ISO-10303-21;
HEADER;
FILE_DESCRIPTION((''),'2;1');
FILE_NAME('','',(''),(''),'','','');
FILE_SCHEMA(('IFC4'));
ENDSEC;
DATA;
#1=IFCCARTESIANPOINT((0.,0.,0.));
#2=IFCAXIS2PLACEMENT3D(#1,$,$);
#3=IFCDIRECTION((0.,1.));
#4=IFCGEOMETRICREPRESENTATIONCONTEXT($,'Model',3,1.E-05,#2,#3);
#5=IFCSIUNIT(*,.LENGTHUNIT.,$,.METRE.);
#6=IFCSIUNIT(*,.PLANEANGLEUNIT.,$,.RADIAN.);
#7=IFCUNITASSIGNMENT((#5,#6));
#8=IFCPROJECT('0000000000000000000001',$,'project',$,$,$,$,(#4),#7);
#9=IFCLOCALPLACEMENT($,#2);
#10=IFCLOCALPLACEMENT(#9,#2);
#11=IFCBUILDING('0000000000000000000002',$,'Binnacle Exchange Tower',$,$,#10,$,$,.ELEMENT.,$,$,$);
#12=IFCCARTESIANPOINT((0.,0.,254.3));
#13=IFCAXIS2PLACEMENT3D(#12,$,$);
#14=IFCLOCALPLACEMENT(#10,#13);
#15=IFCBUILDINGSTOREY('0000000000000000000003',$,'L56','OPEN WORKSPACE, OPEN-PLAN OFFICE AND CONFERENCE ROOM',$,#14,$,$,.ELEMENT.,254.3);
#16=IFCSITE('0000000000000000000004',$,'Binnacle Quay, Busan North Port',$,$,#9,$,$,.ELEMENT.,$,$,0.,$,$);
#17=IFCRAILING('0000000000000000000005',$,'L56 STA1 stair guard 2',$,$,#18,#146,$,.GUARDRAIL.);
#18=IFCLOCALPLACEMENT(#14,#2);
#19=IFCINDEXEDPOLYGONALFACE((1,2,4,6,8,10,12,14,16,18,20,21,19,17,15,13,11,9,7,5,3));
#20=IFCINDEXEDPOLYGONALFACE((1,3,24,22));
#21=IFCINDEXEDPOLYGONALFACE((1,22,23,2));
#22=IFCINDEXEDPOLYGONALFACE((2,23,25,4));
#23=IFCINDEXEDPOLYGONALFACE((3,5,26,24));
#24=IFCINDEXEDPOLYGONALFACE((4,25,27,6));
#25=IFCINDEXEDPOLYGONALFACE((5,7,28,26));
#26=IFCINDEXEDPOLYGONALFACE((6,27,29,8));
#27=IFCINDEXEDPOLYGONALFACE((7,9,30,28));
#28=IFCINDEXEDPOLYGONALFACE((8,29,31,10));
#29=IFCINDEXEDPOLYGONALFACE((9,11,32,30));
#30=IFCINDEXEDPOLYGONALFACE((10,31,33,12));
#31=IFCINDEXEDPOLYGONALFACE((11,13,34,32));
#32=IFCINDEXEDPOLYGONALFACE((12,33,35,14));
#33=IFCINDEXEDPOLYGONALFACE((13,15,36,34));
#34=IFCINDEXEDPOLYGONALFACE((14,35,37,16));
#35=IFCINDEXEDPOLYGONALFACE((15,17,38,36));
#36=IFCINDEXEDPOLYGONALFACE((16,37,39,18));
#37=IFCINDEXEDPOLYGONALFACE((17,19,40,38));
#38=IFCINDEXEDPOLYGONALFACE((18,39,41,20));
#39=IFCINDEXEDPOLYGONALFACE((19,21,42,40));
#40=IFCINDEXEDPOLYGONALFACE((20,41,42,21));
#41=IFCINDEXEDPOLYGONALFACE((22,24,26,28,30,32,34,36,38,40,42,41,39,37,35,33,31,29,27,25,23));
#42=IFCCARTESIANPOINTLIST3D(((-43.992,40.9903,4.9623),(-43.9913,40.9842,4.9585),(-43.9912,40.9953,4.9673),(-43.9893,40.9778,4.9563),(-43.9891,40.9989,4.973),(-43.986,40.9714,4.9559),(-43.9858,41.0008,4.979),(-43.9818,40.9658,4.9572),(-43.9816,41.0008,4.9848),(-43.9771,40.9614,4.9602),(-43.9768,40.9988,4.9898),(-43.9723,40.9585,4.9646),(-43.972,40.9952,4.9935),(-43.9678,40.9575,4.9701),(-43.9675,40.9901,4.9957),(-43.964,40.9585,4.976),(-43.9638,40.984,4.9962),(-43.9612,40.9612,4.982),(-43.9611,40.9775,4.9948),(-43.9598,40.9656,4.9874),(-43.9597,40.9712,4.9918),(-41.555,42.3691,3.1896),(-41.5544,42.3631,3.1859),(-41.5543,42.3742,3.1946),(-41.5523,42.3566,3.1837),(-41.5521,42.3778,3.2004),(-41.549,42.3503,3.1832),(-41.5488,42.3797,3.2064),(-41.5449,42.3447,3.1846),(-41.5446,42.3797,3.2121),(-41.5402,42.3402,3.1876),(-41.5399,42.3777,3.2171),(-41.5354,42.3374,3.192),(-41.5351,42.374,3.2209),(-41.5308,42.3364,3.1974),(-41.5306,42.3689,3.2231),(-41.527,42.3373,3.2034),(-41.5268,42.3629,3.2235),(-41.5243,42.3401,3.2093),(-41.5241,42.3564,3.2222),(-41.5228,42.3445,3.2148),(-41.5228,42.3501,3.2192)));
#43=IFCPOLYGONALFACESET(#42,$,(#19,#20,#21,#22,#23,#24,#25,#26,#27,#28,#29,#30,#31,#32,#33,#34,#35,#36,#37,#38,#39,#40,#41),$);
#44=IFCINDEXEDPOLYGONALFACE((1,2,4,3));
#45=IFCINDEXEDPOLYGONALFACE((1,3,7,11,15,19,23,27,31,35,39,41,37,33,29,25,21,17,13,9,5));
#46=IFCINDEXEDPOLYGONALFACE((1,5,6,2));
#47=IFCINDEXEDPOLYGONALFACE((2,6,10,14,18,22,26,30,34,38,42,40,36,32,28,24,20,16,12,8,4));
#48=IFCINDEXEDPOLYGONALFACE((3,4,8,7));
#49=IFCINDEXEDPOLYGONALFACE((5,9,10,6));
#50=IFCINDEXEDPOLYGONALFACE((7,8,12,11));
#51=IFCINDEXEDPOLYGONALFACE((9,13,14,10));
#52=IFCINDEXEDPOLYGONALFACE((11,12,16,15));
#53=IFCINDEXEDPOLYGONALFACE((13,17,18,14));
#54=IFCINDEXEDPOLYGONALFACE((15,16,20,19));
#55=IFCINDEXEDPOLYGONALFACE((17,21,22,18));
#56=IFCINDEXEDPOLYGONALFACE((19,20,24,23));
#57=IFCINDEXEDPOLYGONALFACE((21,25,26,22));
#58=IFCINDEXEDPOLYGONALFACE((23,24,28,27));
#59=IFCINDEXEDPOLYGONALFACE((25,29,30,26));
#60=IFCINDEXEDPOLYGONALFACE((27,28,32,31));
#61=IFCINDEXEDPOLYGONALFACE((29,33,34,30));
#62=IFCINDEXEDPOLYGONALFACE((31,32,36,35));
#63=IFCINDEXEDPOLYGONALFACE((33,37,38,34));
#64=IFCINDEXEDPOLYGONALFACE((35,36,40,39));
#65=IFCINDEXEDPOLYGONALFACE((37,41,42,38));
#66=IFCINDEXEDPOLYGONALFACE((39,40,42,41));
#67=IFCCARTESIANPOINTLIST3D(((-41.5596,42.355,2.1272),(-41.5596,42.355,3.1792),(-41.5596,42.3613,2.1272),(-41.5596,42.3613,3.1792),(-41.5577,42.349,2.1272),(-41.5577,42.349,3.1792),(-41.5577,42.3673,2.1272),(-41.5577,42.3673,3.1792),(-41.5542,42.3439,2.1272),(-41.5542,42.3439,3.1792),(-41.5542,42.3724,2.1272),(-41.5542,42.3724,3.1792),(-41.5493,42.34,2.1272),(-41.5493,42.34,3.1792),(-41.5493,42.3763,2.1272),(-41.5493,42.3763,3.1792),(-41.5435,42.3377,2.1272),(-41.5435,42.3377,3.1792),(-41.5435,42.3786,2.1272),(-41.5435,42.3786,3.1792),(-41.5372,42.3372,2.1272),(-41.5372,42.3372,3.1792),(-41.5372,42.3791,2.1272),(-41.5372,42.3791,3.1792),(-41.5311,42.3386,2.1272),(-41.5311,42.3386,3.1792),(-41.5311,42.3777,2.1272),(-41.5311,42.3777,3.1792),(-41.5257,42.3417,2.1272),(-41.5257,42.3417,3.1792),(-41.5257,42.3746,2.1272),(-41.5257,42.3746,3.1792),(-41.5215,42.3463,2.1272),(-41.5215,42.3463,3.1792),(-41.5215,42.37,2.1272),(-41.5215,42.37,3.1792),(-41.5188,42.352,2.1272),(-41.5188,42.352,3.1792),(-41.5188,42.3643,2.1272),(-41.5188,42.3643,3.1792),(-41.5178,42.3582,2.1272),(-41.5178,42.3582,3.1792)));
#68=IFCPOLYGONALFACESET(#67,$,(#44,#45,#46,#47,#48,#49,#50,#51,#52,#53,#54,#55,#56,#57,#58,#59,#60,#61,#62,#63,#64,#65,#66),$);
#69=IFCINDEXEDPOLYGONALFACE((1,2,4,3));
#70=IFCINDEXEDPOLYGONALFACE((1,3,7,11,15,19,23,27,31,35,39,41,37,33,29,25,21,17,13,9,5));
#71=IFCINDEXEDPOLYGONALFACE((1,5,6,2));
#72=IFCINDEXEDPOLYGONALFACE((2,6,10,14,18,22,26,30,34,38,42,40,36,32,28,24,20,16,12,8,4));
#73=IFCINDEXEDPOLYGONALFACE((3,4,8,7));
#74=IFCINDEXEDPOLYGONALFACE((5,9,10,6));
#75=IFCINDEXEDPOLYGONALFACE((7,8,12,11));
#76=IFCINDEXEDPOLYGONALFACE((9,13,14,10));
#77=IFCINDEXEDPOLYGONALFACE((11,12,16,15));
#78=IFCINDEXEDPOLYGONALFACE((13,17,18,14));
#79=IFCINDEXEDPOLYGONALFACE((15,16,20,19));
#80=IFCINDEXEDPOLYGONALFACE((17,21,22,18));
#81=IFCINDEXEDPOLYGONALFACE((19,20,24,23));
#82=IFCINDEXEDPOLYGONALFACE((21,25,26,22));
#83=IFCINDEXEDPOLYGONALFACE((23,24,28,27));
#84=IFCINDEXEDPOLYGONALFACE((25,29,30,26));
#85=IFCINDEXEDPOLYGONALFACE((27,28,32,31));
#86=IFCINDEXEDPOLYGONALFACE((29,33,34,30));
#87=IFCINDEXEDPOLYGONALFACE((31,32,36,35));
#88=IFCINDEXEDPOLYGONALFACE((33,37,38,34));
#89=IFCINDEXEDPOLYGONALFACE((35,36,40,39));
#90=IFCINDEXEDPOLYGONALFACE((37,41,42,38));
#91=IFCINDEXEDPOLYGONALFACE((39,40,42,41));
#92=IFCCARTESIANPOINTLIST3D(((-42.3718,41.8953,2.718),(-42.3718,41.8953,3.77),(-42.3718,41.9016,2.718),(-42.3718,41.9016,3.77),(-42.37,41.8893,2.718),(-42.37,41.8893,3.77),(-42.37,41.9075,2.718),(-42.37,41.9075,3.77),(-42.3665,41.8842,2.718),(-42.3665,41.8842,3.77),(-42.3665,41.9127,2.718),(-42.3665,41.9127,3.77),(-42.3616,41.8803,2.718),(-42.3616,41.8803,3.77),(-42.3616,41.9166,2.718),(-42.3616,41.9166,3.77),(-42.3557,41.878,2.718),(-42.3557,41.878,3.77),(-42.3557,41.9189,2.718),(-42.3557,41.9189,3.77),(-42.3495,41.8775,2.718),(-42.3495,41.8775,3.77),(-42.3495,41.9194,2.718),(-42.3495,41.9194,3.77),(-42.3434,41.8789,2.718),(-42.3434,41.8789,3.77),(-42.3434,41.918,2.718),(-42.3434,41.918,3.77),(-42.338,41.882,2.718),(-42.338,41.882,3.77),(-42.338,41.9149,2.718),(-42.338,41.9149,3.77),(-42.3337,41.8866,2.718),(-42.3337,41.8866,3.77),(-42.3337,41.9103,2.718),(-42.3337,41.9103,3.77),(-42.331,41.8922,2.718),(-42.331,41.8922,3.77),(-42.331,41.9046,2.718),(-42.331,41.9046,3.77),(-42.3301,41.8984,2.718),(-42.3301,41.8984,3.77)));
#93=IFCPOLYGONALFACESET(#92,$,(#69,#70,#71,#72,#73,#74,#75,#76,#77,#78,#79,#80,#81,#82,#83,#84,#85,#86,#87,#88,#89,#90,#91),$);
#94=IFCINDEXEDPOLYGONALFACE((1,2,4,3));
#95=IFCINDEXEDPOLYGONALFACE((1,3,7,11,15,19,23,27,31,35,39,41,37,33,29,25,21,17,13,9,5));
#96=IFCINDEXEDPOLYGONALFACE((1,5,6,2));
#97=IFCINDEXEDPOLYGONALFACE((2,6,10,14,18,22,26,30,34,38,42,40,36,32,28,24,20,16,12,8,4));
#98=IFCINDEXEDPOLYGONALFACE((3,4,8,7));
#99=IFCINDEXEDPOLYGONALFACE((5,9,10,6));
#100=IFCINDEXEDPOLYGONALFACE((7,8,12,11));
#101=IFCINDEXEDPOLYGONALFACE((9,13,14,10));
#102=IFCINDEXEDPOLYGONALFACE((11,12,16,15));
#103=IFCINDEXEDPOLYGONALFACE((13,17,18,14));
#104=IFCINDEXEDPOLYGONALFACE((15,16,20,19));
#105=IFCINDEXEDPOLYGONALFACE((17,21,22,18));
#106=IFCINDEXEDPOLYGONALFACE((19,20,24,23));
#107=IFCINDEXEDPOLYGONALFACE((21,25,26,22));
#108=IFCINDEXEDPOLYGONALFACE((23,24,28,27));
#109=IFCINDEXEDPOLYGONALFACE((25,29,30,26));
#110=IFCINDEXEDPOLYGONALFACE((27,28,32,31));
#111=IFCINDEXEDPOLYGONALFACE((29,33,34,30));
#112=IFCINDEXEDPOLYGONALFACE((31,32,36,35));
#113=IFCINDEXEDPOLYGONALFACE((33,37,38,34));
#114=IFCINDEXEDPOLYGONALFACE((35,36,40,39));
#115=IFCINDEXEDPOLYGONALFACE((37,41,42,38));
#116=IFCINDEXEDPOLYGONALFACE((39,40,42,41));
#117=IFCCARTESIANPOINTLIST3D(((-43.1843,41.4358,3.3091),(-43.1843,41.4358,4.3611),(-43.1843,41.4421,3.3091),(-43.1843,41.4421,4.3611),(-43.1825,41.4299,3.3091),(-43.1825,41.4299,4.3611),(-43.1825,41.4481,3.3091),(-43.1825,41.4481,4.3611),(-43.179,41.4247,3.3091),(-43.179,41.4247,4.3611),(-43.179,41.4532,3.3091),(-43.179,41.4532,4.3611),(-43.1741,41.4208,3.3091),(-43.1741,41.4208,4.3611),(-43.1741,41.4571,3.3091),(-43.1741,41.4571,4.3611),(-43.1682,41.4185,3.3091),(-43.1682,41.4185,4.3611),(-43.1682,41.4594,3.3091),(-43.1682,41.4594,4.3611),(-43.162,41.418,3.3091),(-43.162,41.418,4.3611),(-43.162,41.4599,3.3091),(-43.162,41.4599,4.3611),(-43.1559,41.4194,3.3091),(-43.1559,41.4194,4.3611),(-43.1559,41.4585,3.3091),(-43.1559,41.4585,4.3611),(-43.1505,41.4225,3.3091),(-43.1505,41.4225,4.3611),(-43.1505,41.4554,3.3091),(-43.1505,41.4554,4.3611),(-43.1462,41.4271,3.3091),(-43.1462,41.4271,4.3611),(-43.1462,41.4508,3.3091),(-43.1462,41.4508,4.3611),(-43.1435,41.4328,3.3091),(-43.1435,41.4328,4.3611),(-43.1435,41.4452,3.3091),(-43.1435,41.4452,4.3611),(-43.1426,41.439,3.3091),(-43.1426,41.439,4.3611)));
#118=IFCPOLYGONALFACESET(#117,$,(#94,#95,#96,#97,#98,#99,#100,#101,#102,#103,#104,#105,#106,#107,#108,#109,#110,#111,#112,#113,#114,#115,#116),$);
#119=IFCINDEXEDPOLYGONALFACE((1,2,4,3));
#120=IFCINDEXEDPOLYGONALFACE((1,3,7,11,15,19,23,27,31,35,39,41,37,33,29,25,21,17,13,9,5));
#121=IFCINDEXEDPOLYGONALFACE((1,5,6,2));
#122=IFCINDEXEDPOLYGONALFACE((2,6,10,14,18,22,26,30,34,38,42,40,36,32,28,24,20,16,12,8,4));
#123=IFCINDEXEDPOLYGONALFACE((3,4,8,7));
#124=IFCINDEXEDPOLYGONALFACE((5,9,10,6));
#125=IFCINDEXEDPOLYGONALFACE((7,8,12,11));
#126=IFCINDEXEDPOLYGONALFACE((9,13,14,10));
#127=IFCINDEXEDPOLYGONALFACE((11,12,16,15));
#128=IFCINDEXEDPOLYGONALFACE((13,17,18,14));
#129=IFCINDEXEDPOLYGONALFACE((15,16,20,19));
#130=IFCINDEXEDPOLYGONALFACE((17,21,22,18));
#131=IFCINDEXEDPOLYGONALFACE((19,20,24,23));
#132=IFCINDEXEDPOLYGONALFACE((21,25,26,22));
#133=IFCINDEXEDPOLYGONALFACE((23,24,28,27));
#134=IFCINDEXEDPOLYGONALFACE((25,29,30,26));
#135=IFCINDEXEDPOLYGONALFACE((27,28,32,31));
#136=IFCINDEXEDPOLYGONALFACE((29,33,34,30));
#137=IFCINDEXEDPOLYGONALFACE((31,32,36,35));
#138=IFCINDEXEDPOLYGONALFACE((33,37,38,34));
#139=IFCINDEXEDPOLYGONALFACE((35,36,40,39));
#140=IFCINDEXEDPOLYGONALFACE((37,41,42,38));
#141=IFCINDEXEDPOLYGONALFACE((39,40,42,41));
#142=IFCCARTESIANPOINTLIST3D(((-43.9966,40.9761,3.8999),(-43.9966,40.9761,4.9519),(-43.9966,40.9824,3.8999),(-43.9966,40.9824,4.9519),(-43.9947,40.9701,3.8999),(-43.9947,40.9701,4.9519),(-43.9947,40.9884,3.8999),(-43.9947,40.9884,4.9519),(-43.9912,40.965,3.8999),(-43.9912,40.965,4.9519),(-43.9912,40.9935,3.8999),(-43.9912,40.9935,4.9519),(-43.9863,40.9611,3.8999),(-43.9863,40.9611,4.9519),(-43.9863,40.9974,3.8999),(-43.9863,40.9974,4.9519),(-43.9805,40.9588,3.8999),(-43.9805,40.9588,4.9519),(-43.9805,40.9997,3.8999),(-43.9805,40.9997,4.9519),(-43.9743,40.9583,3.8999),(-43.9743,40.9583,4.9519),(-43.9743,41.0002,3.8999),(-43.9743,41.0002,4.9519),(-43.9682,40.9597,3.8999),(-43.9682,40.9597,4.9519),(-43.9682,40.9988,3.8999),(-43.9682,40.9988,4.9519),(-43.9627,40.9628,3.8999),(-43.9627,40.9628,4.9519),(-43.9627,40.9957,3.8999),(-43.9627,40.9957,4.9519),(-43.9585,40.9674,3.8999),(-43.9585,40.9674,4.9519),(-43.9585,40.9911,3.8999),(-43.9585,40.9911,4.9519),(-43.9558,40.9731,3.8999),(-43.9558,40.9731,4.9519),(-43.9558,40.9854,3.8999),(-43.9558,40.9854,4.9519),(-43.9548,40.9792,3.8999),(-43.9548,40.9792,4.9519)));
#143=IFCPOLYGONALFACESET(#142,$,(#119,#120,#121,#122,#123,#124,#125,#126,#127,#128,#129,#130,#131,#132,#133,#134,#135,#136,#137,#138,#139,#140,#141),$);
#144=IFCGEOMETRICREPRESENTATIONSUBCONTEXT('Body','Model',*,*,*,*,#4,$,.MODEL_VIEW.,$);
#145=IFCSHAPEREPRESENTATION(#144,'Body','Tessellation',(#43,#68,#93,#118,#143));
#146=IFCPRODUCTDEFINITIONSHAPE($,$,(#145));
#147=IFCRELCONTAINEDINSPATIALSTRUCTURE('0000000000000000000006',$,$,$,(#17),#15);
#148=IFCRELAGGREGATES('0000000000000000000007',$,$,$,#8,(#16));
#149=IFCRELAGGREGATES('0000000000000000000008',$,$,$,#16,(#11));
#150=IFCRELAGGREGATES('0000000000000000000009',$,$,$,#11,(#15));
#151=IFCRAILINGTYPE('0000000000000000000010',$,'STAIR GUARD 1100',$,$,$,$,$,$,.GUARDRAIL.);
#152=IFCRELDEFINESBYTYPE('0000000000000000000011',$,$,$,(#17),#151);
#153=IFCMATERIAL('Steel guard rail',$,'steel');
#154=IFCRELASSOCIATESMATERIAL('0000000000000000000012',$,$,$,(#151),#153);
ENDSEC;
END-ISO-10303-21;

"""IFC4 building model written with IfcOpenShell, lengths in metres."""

from ifc_helpers import new_model, si_unit, direction, frame, origin, origin_2d, place, context, subcontext, project, spatial, circle, extrude, material, type_object, element, save


model = new_model("IFC4")

# Units and contexts
model_context = context("Model", 3, precision=1e-05, world=origin(), true_north=direction((0.0, 1.0)))
body_context = subcontext(model_context, "Body", "Model", "MODEL_VIEW")
ifc_project = project(units=[si_unit("LENGTHUNIT", "METRE"), si_unit("PLANEANGLEUNIT", "RADIAN")], contexts=[model_context])

# Site, building, storey
site_placement = place(None, origin())
site = spatial("IfcSite", under=ifc_project, at=site_placement, Name="Binnacle Quay, Busan North Port", CompositionType="ELEMENT", RefElevation=0.0)
building_placement = place(site_placement, origin())
building = spatial("IfcBuilding", under=site, at=building_placement, Name="Binnacle Exchange Tower", CompositionType="ELEMENT")
storey_placement = place(building_placement, frame((0.0, 0.0, 254.3)))
storey = spatial("IfcBuildingStorey", under=building, at=storey_placement, Name="L56", Description="OPEN WORKSPACE, OPEN-PLAN OFFICE AND CONFERENCE ROOM", CompositionType="ELEMENT", Elevation=254.3)

# Railing
ifc_material_1 = material(Name="Steel guard rail", Category="steel")
railing_type_1 = type_object("IfcRailingType", Name="STAIR GUARD 1100", PredefinedType="GUARDRAIL", material=ifc_material_1)
railing_1_placement = place(storey_placement, frame((-41.5388, 42.3582, 2.1272)))
element("IfcRailing", 1, at=railing_1_placement, inside=storey, type_object=railing_type_1, Name="L56 STA1 stair guard 2", PredefinedType="GUARDRAIL", context=body_context, shape_type="SweptSolid", body=[
    extrude(circle(Radius=0.0239, at=origin_2d()), frame((0.0, 0.0, 1.0762), z_axis=(-0.735359, -0.41608, 0.534907), x_axis=(0.492454, -0.870339, 0.0)), (0.0, 0.0, 1.0), 3.314),
    extrude(circle(Radius=0.021, at=origin_2d()), origin(), (0.0, 0.0, 1.0), 1.052),
    extrude(circle(Radius=0.021, at=origin_2d()), frame((-0.8123, -0.4597, 0.5908)), (0.0, 0.0, 1.0), 1.052),
    extrude(circle(Radius=0.021, at=origin_2d()), frame((-1.6248, -0.9192, 1.1819)), (0.0, 0.0, 1.0), 1.052),
    extrude(circle(Radius=0.021, at=origin_2d()), frame((-2.437, -1.3789, 1.7727)), (0.0, 0.0, 1.0), 1.052),
])

save(model, "model.ifc")
